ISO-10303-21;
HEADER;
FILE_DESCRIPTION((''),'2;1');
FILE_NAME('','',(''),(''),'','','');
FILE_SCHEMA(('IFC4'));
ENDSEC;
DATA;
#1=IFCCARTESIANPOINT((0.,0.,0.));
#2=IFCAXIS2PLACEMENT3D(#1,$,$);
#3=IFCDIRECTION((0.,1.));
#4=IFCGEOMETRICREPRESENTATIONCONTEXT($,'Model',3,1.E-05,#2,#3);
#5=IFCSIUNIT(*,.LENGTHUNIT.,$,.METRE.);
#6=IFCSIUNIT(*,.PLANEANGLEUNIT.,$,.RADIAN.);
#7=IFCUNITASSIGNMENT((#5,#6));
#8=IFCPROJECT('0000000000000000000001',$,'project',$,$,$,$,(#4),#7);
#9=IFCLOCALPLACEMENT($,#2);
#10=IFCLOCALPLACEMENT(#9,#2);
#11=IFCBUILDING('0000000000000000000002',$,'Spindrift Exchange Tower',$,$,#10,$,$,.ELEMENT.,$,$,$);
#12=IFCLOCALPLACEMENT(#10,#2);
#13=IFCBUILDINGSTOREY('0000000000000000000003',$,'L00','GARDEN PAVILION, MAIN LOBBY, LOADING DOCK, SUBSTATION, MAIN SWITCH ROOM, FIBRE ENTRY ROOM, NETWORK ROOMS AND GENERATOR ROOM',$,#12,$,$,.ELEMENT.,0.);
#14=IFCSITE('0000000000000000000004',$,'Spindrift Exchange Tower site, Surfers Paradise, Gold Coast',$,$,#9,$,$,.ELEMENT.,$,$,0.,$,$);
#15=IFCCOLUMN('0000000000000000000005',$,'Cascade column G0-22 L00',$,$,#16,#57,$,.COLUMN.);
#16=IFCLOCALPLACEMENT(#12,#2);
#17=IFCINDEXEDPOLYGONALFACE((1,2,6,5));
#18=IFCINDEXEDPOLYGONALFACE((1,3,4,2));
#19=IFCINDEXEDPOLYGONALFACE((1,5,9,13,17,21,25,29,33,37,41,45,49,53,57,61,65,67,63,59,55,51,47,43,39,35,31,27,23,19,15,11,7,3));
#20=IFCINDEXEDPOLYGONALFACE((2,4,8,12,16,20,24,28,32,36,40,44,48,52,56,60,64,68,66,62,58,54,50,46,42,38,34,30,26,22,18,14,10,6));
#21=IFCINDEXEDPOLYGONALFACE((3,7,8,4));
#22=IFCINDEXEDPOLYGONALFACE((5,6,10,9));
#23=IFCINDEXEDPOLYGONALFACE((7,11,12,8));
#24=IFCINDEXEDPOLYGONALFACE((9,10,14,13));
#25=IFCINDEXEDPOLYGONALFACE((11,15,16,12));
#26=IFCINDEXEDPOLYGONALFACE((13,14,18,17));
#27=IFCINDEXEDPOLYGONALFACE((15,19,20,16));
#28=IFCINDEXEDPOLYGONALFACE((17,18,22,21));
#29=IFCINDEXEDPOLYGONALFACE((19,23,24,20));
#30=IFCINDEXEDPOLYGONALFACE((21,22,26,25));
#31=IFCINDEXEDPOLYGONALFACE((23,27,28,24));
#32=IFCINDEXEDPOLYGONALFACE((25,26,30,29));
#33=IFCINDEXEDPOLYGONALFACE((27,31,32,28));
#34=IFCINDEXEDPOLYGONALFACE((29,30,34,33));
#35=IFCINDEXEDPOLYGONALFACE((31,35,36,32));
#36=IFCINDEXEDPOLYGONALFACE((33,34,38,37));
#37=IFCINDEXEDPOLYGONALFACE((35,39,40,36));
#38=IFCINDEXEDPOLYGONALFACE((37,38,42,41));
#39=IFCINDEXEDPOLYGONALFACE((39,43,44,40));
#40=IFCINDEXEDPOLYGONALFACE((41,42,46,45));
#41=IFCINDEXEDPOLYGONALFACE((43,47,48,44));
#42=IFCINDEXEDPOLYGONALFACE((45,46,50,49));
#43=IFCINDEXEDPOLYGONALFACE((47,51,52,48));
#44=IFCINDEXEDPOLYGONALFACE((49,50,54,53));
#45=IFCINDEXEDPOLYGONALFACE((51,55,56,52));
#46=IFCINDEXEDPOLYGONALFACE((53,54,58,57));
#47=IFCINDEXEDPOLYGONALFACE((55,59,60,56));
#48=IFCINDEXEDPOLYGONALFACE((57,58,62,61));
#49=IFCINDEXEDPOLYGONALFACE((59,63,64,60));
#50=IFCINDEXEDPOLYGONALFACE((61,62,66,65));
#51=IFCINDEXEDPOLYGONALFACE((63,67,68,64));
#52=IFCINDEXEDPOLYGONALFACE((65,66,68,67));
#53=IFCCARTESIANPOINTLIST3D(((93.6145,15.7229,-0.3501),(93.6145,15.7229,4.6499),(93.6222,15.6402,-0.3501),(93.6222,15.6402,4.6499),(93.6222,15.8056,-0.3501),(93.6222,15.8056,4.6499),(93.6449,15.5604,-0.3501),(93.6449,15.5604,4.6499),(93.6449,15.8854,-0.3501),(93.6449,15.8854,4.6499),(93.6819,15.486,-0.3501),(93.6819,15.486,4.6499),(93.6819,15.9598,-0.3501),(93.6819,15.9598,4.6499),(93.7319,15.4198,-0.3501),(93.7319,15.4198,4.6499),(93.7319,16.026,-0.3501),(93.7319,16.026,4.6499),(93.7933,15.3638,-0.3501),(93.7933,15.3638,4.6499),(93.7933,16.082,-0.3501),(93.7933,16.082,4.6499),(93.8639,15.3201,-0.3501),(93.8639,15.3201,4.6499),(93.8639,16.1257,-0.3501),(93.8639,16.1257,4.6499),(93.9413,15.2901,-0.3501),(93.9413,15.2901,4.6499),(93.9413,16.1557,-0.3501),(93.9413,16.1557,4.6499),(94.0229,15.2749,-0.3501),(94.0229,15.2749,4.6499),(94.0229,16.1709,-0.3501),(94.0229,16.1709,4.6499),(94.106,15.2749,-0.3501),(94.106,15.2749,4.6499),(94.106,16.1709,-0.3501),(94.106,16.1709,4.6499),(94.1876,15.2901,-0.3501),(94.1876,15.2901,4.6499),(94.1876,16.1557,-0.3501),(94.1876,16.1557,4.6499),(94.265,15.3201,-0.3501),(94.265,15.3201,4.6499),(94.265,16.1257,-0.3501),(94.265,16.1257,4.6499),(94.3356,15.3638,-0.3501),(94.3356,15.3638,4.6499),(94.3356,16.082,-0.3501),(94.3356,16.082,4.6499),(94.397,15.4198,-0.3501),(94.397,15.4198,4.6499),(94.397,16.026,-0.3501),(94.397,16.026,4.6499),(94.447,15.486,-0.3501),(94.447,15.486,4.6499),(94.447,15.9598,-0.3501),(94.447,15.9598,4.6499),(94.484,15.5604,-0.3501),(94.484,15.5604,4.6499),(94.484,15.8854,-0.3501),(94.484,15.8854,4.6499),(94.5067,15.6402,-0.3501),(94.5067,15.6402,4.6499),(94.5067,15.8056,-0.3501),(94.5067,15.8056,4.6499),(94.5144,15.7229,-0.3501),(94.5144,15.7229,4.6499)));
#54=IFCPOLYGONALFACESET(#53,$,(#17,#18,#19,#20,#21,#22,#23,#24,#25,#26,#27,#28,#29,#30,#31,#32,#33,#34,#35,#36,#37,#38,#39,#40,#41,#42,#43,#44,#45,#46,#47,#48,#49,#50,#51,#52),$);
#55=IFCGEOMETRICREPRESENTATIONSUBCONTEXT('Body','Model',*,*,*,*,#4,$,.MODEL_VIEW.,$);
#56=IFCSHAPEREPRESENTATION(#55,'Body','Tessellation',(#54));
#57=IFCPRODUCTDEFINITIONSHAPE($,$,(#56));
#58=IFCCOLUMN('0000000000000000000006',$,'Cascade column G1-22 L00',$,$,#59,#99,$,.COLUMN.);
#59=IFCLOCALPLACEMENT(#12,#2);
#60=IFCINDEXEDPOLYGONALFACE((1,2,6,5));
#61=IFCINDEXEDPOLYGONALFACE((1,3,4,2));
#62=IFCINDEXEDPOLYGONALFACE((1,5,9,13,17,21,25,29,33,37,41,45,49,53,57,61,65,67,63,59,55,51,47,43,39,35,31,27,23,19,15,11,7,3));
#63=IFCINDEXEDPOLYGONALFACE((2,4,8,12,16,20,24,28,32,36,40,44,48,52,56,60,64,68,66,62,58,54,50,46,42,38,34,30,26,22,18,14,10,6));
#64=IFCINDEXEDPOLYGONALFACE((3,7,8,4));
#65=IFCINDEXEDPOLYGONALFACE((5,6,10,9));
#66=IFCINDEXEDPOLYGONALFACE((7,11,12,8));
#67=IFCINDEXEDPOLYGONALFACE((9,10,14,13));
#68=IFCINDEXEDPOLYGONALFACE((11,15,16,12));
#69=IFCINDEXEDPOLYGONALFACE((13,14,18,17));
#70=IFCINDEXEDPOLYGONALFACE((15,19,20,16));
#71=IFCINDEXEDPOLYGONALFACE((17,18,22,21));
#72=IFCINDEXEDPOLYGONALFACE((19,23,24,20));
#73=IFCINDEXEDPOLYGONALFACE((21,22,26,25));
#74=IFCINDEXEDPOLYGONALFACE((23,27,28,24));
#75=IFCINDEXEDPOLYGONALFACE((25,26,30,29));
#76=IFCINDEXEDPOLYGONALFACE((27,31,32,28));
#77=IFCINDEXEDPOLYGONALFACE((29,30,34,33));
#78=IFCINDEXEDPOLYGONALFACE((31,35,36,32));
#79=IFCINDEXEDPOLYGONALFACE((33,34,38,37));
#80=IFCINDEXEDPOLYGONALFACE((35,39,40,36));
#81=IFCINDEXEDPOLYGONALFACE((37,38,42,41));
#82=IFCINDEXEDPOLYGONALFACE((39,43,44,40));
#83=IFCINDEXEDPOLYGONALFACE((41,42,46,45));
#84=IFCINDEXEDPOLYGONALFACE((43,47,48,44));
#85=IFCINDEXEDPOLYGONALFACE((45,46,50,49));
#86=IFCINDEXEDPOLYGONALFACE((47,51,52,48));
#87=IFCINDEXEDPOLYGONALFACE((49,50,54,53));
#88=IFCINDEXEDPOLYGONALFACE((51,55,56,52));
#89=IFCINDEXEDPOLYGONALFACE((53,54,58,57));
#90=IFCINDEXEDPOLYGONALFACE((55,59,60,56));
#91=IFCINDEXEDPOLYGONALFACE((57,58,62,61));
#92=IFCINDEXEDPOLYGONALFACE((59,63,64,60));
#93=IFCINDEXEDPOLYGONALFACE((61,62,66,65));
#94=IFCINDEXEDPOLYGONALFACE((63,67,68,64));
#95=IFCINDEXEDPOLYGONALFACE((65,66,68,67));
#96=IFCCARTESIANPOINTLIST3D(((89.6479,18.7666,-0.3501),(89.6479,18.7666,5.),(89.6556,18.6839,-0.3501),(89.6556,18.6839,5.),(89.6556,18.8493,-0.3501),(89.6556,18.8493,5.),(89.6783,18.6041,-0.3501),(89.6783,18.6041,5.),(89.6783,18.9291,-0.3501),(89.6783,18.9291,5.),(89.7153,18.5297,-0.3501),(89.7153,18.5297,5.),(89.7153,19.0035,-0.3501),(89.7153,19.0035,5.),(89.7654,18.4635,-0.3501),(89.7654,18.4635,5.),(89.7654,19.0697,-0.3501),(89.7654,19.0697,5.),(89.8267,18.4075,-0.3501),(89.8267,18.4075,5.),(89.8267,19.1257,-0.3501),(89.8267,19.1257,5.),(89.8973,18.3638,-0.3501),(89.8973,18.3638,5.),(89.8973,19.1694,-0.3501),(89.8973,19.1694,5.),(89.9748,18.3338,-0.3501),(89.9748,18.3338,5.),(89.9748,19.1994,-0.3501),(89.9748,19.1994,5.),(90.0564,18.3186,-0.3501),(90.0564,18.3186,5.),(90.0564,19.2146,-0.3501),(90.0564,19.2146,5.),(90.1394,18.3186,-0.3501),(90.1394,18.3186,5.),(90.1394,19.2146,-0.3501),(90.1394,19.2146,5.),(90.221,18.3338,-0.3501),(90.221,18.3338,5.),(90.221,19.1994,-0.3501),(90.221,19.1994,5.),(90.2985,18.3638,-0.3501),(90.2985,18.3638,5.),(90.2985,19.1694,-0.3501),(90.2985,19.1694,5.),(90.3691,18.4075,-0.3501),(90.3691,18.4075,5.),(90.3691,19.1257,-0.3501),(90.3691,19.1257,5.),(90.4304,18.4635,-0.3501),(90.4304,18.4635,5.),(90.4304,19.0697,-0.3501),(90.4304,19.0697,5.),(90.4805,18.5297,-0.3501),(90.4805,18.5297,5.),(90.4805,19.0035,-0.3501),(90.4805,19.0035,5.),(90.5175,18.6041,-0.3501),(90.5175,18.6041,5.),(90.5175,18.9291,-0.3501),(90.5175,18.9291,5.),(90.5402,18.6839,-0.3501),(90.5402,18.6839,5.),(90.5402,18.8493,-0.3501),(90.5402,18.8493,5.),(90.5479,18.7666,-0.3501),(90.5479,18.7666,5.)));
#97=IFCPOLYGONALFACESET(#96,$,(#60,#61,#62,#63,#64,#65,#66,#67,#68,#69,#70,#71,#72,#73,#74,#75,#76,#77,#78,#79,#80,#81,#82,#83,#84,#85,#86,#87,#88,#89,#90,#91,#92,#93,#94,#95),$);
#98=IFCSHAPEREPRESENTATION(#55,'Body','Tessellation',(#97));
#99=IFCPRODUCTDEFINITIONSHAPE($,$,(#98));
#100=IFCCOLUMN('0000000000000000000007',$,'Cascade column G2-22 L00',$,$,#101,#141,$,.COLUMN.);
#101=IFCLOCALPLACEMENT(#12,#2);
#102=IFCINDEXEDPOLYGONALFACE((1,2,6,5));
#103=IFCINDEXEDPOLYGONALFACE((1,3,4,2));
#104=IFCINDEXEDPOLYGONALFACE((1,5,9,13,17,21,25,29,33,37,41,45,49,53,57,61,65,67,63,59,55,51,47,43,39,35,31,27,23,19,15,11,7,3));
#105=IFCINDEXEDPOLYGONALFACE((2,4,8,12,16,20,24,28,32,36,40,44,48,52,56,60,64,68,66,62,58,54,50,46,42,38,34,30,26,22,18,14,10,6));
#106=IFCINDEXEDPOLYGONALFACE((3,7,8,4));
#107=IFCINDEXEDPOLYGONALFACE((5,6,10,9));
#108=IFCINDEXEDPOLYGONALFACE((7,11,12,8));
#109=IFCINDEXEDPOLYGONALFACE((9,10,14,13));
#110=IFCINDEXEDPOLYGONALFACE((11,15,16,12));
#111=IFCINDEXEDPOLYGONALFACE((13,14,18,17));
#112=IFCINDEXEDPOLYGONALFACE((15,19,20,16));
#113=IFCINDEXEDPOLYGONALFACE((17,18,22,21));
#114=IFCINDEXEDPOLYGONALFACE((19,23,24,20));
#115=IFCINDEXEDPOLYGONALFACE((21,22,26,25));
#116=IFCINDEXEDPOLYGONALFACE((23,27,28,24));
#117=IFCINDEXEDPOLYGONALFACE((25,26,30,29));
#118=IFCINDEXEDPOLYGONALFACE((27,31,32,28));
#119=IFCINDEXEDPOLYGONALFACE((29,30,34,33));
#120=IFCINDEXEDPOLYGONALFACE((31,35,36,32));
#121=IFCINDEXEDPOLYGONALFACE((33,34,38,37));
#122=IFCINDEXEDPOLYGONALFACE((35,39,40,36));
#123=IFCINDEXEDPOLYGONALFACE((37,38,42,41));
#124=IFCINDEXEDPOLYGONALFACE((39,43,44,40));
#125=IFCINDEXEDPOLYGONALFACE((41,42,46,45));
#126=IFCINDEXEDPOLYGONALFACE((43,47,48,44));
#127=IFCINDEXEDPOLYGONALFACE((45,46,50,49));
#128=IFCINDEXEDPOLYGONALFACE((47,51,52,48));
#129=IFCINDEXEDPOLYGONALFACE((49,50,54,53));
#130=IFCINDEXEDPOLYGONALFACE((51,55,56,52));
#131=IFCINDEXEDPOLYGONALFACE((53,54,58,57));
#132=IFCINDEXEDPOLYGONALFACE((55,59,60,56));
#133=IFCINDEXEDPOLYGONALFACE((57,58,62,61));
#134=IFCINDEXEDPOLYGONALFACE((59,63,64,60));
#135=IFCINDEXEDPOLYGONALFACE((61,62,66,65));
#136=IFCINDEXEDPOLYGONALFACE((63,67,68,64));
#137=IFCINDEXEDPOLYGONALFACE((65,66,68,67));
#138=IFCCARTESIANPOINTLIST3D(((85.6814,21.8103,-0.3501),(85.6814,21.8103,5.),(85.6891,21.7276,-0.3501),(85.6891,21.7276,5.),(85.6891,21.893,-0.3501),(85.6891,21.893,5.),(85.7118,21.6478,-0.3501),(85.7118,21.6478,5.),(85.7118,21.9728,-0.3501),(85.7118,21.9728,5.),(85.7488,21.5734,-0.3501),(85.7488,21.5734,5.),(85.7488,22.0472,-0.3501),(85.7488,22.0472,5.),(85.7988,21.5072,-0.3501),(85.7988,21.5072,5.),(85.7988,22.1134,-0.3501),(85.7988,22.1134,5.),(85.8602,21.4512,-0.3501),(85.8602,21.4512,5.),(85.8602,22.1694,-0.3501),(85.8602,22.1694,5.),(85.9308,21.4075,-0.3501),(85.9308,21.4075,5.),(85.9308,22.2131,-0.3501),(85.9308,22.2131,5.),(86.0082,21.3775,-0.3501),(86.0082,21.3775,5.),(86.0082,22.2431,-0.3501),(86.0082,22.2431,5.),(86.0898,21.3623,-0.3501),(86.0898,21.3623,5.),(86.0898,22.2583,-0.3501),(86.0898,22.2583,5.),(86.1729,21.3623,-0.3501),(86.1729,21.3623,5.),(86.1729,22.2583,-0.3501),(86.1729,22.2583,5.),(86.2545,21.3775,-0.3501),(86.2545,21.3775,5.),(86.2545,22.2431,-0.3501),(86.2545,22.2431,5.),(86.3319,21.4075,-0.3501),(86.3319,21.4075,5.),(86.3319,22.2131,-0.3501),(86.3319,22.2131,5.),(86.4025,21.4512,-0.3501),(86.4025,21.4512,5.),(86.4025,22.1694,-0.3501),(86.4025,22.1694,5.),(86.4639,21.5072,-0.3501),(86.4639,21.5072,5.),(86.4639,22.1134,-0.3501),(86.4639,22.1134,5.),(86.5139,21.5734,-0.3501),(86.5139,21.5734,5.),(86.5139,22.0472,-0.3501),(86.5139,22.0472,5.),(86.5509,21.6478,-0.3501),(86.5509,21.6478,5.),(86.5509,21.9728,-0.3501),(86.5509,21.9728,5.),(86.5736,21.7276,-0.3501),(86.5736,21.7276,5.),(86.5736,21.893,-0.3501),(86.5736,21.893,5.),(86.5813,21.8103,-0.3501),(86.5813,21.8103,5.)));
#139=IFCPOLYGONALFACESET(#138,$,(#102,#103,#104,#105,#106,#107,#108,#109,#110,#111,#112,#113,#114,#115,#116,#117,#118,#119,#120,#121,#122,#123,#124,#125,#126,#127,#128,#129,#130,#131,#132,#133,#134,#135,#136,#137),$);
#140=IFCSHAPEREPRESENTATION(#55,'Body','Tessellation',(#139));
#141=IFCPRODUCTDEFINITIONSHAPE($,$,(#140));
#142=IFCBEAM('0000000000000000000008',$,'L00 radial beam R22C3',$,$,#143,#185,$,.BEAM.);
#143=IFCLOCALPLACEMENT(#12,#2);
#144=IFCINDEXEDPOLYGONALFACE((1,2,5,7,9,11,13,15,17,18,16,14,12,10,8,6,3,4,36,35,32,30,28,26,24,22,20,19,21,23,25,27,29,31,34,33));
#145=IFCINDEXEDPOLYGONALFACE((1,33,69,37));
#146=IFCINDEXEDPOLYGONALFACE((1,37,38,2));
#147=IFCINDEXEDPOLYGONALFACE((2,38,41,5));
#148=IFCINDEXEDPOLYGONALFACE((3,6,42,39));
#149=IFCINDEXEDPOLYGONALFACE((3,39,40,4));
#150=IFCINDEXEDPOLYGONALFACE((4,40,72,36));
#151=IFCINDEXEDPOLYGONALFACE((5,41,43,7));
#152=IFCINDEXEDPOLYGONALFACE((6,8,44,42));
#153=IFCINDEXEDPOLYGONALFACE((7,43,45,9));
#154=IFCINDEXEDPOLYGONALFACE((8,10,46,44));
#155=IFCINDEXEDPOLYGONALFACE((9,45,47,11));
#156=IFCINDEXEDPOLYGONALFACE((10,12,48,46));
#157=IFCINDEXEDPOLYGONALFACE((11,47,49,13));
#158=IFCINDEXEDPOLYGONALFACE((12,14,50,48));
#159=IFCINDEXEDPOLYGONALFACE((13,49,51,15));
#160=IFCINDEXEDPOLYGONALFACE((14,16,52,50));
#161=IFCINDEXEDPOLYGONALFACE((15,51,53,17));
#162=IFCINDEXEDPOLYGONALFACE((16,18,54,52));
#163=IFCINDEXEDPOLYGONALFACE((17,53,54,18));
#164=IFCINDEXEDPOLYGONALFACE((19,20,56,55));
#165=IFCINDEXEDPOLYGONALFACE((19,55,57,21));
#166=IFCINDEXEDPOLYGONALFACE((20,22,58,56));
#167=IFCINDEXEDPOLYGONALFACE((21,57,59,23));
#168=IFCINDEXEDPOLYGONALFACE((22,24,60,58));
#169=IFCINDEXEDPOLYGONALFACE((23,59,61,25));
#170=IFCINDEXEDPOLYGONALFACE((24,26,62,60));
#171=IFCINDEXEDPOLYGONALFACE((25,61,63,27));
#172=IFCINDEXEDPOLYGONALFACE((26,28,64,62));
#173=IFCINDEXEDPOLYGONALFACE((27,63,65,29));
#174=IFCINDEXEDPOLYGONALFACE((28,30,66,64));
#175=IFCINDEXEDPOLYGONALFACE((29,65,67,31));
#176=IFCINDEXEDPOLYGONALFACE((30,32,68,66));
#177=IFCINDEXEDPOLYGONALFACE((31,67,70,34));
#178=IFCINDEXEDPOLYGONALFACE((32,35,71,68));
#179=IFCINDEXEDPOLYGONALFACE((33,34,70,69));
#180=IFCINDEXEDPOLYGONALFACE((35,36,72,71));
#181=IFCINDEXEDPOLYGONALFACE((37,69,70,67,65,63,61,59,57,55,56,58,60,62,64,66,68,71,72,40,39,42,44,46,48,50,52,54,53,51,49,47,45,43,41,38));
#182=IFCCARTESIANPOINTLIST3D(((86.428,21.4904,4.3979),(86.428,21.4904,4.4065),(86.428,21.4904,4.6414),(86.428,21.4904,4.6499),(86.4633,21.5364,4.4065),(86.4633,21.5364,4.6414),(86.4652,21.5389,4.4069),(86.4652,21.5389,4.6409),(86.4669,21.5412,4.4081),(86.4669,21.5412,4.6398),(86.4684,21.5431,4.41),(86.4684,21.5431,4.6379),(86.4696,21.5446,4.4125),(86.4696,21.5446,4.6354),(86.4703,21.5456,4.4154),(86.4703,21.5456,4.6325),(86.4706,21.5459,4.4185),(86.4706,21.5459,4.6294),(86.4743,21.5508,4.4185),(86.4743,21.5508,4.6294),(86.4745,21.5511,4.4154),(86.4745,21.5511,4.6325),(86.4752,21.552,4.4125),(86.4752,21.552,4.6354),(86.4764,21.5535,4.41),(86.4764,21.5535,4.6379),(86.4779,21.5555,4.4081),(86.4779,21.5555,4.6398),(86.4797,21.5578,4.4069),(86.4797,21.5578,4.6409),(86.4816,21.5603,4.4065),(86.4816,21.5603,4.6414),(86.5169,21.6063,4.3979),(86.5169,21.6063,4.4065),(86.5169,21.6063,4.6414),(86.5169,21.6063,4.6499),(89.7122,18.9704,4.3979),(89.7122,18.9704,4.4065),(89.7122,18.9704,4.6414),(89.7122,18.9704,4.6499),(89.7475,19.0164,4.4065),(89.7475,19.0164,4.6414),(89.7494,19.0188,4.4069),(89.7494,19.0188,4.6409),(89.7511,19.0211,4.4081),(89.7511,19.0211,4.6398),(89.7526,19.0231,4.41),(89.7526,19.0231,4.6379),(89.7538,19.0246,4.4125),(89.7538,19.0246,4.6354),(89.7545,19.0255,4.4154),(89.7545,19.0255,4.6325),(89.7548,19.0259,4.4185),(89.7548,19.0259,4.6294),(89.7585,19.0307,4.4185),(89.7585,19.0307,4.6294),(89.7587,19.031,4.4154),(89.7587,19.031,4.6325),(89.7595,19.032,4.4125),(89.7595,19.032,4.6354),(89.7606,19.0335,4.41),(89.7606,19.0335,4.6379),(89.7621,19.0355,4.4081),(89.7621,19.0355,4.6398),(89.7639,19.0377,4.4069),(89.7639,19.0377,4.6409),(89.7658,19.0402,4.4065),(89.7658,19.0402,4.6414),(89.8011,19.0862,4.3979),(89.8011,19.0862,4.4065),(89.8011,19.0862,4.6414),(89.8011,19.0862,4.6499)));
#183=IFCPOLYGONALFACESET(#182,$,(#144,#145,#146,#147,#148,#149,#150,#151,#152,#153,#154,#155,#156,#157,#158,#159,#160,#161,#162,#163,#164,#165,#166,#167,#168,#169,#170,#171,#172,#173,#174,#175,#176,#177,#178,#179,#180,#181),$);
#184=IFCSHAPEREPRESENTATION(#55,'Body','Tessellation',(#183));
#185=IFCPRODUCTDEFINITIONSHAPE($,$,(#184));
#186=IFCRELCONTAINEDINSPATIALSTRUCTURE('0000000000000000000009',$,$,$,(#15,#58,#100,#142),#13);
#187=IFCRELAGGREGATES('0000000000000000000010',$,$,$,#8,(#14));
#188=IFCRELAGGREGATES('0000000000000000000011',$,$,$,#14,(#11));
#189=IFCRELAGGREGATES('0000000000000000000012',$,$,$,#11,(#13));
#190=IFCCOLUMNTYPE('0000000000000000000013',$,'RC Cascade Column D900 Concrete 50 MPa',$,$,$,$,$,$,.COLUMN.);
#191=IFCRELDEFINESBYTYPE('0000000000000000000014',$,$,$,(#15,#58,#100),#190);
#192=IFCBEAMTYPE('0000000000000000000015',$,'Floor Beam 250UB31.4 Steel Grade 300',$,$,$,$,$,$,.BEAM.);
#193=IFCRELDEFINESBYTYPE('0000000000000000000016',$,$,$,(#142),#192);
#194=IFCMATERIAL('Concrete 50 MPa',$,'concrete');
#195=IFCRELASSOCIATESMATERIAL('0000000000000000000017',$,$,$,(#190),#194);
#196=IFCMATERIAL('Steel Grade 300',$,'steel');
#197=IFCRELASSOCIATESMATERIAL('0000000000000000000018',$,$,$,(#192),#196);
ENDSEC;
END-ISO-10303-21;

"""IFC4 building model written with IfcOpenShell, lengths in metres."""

from ifc_helpers import new_model, si_unit, direction, frame, origin, origin_2d, place, context, subcontext, project, spatial, circle, i_section, extrude, source, transform, mapped, material, material_profile, profile_set, type_object, element, save


model = new_model("IFC4")

# Units and contexts
model_context = context("Model", 3, precision=1e-05, world=origin(), true_north=direction((0.0, 1.0)))
body_context = subcontext(model_context, "Body", "Model", "MODEL_VIEW")
ifc_project = project(units=[si_unit("LENGTHUNIT", "METRE"), si_unit("PLANEANGLEUNIT", "RADIAN")], contexts=[model_context])

# Site, building, storey
site_placement = place(None, origin())
site = spatial("IfcSite", under=ifc_project, at=site_placement, Name="Spindrift Exchange Tower site, Surfers Paradise, Gold Coast", CompositionType="ELEMENT", RefElevation=0.0)
building_placement = place(site_placement, origin())
building = spatial("IfcBuilding", under=site, at=building_placement, Name="Spindrift Exchange Tower", CompositionType="ELEMENT")
storey_placement = place(building_placement, origin())
storey = spatial("IfcBuildingStorey", under=building, at=storey_placement, Name="L00", Description="GARDEN PAVILION, MAIN LOBBY, LOADING DOCK, SUBSTATION, MAIN SWITCH ROOM, FIBRE ENTRY ROOM, NETWORK ROOMS AND GENERATOR ROOM", CompositionType="ELEMENT", Elevation=0.0)

# Columns
ifc_material_1 = material(Name="Concrete 50 MPa", Category="concrete")
ifc_material_profile_1 = material_profile(ifc_material_1, circle(Radius=0.45, at=origin_2d()), Name="RC D900")
ifc_profile_set_1 = profile_set([ifc_material_profile_1], Name="Concrete 50 MPa")
column_type = type_object("IfcColumnType", Name="RC Cascade Column D900 Concrete 50 MPa", PredefinedType="COLUMN", material=ifc_profile_set_1)
shared_shape_1 = source(origin(), body_context, "Body", "SweptSolid", [
    extrude(circle(Radius=0.45, at=origin_2d()), origin(), (0.0, 0.0, 1.0), 5.0),
])
column_placement = place(storey_placement, frame((94.0645, 15.7229, -0.3501), z_axis=(0.0, 0.0, 1.0), x_axis=(1.0, 0.0, 0.0)))
element("IfcColumn", 1, at=column_placement, inside=storey, type_object=column_type, Name="Cascade column G0-22 L00", PredefinedType="COLUMN", context=body_context, shape_type="MappedRepresentation", body=[
    mapped(shared_shape_1, transform((0.0, 0.0, 0.0), scale=1.0)),
])
shared_shape_2 = source(origin(), body_context, "Body", "SweptSolid", [
    extrude(circle(Radius=0.45, at=origin_2d()), origin(), (0.0, 0.0, 1.0), 5.3501),
])
for number, where, z_axis, x_axis, name in (
    (2, (90.0979, 18.7666, -0.3501), (0.0, 0.0, 1.0), (1.0, 0.0, 0.0), "Cascade column G1-22 L00"),
    (3, (86.1313, 21.8103, -0.3501), (0.0, 0.0, 1.0), (1.0, 0.0, 0.0), "Cascade column G2-22 L00"),
):
    element("IfcColumn", number, at=place(storey_placement, frame(where, z_axis=z_axis, x_axis=x_axis)), inside=storey, type_object=column_type, Name=name, PredefinedType="COLUMN", context=body_context, shape_type="MappedRepresentation", body=[
        mapped(shared_shape_2, transform((0.0, 0.0, 0.0), scale=1.0)),
    ])

# Beam
ifc_material_2 = material(Name="Steel Grade 300", Category="steel")
ifc_material_profile_2 = material_profile(ifc_material_2, i_section(OverallWidth=0.146, OverallDepth=0.252, WebThickness=0.0061, FlangeThickness=0.0085, FilletRadius=0.012, at=origin_2d()), Name="250UB31.4")
ifc_profile_set_2 = profile_set([ifc_material_profile_2], Name="Steel Grade 300")
beam_type_1 = type_object("IfcBeamType", Name="Floor Beam 250UB31.4 Steel Grade 300", PredefinedType="BEAM", material=ifc_profile_set_2)
shared_shape_3 = source(origin(), body_context, "Body", "SweptSolid", [
    extrude(i_section(OverallWidth=0.146, OverallDepth=0.252, WebThickness=0.0061, FlangeThickness=0.0085, FilletRadius=0.012, at=origin_2d()), origin(), (0.0, 0.0, 1.0), 4.1396),
])
beam_1_placement = place(storey_placement, frame((86.4724, 21.5483, 4.5239), z_axis=(0.793356, -0.608758, 0.0), x_axis=(0.608758, 0.793356, 0.0)))
element("IfcBeam", 4, at=beam_1_placement, inside=storey, type_object=beam_type_1, Name="L00 radial beam R22C3", PredefinedType="BEAM", context=body_context, shape_type="MappedRepresentation", body=[
    mapped(shared_shape_3, transform((0.0, 0.0, 0.0), scale=1.0)),
])

save(model, "model.ifc")
